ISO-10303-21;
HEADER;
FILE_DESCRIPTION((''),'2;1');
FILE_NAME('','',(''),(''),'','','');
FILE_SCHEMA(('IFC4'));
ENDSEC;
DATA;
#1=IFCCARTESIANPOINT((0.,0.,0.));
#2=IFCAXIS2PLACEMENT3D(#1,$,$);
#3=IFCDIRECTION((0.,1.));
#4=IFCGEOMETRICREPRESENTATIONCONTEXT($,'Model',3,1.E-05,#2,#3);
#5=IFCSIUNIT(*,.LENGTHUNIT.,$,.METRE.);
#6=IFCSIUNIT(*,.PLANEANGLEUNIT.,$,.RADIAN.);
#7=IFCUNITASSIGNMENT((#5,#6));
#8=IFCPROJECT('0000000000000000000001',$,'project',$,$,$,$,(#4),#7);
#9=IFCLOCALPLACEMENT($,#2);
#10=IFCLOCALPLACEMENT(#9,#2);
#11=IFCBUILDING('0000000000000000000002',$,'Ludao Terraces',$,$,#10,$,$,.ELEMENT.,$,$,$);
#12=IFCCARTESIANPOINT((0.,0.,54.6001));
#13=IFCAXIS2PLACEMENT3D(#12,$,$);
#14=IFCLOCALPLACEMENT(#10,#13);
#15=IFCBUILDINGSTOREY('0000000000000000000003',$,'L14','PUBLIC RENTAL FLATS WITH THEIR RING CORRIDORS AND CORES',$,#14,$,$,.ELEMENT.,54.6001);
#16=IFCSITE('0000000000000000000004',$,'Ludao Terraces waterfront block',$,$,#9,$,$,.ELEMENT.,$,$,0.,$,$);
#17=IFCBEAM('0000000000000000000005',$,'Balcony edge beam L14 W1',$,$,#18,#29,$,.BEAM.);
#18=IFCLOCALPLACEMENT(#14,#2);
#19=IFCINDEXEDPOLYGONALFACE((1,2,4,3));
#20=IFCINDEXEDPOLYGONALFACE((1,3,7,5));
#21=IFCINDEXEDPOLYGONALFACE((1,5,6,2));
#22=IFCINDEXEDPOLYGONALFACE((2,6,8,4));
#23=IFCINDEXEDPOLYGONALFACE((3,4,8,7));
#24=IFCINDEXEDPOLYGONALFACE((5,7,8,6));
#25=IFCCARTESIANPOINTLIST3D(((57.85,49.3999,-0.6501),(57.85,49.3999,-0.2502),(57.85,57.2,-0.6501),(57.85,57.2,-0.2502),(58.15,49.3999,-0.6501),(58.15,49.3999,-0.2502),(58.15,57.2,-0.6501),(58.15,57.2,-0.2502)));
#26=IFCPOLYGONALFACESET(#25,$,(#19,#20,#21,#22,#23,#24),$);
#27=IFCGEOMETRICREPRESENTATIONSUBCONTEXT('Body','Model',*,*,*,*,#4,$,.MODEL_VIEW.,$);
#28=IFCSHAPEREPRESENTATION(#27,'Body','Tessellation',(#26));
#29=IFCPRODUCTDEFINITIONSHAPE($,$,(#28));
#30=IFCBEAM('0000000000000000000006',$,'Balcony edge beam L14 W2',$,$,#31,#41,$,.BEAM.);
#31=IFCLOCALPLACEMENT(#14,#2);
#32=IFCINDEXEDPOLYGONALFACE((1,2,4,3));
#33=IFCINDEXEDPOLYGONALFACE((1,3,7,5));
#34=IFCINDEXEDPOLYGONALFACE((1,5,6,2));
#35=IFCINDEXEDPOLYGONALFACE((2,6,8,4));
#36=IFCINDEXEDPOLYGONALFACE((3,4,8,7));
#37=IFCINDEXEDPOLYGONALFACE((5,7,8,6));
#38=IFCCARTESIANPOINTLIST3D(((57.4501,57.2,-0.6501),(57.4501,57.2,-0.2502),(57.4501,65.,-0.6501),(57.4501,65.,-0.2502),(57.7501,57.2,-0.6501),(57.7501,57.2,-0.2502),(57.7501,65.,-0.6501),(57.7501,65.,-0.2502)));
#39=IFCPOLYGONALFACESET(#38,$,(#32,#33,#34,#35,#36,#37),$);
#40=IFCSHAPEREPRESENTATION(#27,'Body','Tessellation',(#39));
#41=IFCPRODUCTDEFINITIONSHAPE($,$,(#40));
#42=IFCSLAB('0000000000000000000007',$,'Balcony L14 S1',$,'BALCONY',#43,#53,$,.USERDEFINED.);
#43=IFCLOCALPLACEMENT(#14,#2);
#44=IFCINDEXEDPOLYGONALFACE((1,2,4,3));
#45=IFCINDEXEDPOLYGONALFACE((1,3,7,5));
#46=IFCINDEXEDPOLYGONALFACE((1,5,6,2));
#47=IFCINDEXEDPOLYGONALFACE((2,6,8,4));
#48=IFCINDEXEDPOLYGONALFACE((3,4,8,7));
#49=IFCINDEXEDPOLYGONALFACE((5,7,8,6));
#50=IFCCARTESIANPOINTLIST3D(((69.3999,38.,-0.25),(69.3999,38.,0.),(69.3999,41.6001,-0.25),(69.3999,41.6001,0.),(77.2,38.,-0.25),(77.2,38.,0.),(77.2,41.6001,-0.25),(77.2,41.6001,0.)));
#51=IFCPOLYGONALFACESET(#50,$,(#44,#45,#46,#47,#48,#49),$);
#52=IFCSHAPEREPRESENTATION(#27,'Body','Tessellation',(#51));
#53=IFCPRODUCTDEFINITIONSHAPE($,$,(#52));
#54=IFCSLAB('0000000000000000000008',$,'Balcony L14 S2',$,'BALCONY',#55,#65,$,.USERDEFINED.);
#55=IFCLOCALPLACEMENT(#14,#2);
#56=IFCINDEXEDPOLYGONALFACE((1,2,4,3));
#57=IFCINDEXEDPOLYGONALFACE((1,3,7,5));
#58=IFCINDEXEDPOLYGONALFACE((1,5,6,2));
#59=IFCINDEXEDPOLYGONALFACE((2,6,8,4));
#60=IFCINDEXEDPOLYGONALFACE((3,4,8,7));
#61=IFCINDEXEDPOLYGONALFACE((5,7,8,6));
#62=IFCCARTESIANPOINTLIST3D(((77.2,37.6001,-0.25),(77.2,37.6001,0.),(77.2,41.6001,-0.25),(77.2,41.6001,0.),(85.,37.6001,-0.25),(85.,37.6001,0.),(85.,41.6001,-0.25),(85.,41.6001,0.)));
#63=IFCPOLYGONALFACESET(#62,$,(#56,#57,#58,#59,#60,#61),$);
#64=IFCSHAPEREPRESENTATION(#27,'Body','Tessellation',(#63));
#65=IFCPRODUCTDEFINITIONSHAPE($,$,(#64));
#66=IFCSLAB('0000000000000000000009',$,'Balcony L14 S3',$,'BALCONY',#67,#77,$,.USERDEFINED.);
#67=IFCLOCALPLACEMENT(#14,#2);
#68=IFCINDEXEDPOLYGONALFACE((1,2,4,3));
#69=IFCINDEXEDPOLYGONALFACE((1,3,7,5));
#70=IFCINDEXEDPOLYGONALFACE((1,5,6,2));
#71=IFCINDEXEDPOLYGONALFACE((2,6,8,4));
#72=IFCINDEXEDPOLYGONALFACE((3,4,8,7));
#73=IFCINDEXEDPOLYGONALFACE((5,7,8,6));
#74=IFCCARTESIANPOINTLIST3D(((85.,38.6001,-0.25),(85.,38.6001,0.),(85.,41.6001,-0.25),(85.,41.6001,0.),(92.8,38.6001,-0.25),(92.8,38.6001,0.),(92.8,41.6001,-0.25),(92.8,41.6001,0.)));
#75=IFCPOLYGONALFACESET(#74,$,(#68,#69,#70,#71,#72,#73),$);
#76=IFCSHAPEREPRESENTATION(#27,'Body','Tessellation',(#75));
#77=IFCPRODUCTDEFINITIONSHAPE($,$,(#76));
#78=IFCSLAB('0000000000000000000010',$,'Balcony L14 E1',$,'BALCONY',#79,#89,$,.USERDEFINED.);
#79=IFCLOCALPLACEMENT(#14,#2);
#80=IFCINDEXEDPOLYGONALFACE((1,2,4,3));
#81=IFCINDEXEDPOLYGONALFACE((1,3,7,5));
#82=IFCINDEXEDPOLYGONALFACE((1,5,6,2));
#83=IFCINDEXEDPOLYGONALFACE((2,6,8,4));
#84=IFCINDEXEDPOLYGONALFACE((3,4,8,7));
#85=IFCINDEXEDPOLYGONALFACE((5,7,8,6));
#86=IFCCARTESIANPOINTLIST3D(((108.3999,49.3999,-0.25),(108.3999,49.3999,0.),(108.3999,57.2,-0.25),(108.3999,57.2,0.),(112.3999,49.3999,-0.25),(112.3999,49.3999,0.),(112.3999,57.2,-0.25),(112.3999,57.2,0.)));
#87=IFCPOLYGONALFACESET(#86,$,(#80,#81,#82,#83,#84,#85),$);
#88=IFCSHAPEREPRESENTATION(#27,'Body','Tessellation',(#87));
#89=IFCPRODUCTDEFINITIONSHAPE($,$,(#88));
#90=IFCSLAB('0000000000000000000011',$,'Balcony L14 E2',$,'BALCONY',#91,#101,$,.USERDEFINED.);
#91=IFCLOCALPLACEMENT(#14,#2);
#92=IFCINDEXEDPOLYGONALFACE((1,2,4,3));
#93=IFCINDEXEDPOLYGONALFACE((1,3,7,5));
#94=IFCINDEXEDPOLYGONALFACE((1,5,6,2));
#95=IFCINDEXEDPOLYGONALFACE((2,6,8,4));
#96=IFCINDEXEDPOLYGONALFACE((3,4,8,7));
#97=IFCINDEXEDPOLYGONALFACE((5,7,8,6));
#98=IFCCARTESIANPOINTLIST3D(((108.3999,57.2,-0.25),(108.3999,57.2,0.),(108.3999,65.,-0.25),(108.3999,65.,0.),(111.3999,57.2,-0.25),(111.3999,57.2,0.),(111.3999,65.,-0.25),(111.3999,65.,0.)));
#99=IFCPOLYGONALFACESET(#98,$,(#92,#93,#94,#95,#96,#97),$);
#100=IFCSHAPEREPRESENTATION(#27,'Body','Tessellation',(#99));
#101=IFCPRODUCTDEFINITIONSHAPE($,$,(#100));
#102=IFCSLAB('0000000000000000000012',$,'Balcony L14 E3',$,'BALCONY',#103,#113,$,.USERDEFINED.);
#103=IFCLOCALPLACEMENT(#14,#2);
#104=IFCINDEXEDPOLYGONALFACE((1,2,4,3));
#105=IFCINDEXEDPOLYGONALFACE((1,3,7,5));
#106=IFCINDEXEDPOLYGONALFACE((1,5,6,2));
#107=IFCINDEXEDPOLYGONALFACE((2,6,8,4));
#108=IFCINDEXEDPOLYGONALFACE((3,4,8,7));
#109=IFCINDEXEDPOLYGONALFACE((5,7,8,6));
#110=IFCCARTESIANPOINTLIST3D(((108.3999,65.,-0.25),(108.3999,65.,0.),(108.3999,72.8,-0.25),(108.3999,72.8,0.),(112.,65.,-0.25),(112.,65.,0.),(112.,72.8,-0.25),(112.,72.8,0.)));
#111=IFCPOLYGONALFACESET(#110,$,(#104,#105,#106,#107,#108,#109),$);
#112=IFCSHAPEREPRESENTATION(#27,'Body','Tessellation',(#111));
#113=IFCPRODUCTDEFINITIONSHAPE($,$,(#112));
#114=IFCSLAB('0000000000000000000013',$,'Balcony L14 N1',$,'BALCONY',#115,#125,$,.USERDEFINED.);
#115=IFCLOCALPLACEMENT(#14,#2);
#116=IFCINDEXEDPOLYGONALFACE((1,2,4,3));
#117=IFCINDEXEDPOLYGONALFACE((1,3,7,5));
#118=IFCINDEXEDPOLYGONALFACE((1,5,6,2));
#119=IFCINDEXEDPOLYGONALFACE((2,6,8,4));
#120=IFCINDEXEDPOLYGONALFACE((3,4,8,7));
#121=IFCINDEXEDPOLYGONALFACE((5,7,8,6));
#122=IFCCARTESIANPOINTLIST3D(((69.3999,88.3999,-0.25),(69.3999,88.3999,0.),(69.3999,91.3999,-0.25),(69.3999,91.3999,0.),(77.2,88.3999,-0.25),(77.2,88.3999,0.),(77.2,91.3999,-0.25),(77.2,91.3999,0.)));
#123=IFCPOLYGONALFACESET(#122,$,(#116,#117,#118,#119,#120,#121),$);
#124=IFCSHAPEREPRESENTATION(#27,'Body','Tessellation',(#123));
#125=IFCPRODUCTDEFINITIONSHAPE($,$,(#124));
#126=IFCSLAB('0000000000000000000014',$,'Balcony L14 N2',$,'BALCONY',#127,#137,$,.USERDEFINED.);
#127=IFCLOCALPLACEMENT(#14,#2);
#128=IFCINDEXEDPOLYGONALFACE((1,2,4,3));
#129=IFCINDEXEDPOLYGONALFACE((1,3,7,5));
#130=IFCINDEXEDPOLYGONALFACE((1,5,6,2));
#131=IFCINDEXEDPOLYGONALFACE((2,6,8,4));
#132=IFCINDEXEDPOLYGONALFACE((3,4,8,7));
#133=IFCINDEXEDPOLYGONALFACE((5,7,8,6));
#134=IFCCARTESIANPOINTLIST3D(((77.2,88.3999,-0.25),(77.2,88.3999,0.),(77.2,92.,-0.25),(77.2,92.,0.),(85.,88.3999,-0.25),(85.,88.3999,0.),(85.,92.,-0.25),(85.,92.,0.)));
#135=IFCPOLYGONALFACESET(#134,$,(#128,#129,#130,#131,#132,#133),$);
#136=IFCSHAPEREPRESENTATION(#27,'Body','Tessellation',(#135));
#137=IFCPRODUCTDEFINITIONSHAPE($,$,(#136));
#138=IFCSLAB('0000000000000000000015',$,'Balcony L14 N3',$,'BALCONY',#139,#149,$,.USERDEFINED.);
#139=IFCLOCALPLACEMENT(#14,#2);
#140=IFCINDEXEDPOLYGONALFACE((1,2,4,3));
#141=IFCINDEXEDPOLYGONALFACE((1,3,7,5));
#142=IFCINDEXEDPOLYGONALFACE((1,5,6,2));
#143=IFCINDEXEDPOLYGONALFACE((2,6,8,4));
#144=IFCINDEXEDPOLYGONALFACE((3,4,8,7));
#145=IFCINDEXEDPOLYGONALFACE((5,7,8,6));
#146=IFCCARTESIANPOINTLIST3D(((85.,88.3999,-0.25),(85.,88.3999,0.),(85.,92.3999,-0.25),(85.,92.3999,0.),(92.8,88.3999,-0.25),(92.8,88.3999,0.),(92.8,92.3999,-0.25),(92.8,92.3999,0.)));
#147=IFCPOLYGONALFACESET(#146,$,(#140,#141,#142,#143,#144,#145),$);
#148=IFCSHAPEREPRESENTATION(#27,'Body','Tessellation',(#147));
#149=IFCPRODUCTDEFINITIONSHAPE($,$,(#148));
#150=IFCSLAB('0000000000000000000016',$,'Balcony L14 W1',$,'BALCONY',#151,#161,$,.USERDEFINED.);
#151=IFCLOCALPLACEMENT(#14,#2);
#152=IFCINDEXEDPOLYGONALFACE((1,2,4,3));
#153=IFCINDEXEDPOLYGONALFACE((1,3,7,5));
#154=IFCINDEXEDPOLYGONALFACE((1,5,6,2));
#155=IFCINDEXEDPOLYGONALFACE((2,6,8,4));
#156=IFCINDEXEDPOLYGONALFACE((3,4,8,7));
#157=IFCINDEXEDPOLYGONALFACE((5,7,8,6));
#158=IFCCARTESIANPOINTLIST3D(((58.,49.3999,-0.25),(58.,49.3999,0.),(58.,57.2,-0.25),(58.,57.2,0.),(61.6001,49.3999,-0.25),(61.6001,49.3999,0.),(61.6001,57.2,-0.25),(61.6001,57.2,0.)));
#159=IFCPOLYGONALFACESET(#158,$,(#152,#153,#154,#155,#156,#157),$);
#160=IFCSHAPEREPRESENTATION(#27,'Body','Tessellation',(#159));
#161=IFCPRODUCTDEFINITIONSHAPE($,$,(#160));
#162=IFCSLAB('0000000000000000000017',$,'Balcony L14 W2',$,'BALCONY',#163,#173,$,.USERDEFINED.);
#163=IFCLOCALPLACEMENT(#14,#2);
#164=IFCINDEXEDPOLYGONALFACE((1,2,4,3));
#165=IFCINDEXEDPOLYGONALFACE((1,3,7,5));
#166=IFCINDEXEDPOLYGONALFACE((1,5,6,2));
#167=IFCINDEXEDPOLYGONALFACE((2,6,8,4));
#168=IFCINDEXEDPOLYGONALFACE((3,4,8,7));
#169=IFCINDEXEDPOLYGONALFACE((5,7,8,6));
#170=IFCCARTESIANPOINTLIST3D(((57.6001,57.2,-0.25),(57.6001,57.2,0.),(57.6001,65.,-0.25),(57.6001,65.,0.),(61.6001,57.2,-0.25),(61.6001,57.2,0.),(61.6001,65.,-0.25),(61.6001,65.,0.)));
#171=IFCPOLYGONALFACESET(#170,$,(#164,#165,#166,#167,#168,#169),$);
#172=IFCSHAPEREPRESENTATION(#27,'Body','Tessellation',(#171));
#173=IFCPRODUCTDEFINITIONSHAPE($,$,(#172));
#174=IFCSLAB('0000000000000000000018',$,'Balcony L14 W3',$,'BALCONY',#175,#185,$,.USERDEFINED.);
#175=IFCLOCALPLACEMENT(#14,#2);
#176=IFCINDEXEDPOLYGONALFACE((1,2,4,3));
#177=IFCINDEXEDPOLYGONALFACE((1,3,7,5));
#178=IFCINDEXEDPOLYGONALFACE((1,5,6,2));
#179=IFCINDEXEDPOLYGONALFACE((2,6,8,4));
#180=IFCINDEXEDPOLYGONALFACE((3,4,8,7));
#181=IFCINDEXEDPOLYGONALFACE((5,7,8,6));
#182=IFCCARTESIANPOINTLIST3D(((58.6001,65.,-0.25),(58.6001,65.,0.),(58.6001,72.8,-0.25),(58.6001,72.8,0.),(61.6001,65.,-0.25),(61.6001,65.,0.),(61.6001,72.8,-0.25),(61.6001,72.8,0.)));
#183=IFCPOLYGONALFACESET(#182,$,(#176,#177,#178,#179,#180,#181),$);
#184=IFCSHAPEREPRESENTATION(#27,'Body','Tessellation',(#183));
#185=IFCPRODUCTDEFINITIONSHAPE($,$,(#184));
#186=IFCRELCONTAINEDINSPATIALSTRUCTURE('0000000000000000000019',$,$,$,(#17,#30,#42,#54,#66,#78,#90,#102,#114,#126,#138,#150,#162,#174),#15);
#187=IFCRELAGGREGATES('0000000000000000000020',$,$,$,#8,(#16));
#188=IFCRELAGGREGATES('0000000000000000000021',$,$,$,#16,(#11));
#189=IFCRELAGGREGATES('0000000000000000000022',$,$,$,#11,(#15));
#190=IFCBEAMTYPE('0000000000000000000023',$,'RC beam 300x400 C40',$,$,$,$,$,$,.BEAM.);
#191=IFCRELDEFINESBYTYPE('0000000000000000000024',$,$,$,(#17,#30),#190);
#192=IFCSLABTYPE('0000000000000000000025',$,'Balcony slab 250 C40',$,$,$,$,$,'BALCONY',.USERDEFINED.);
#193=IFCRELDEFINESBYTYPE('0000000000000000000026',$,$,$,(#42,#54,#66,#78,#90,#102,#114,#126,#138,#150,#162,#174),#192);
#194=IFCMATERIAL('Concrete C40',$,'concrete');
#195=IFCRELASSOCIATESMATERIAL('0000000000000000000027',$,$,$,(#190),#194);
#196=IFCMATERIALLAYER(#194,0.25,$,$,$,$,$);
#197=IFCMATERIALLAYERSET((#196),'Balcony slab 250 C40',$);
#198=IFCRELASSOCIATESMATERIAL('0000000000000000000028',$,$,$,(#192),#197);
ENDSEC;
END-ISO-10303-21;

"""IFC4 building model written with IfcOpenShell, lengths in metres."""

from ifc_helpers import new_model, si_unit, direction, frame, origin, origin_2d, place, context, subcontext, project, spatial, polyline, rectangle, outline, extrude, material, layer, layer_set, material_profile, profile_set, type_object, element, save


model = new_model("IFC4")

# Units and contexts
model_context = context("Model", 3, precision=1e-05, world=origin(), true_north=direction((0.0, 1.0)))
body_context = subcontext(model_context, "Body", "Model", "MODEL_VIEW")
ifc_project = project(units=[si_unit("LENGTHUNIT", "METRE"), si_unit("PLANEANGLEUNIT", "RADIAN")], contexts=[model_context])

# Site, building, storey
site_placement = place(None, origin())
site = spatial("IfcSite", under=ifc_project, at=site_placement, Name="Ludao Terraces waterfront block", CompositionType="ELEMENT", RefElevation=0.0)
building_placement = place(site_placement, origin())
building = spatial("IfcBuilding", under=site, at=building_placement, Name="Ludao Terraces", CompositionType="ELEMENT")
storey_placement = place(building_placement, frame((0.0, 0.0, 54.6001)))
storey = spatial("IfcBuildingStorey", under=building, at=storey_placement, Name="L14", Description="PUBLIC RENTAL FLATS WITH THEIR RING CORRIDORS AND CORES", CompositionType="ELEMENT", Elevation=54.6001)

# Beams
ifc_material_1 = material(Name="Concrete C40", Category="concrete")
ifc_material_profile = material_profile(ifc_material_1, rectangle(XDim=0.3, YDim=0.3999, at=origin_2d()), Name="300 X 400")
ifc_profile_set = profile_set([ifc_material_profile], Name="Concrete C40")
beam_type = type_object("IfcBeamType", Name="RC beam 300x400 C40", PredefinedType="BEAM", material=ifc_profile_set)
for number, where, z_axis, x_axis, name in (
    (1, (58.0, 49.3999, -0.4502), (0.0, 1.0, 0.0), (-1.0, 0.0, 0.0), "Balcony edge beam L14 W1"),
    (2, (57.6001, 57.2, -0.4502), (0.0, 1.0, 0.0), (-1.0, 0.0, 0.0), "Balcony edge beam L14 W2"),
):
    element("IfcBeam", number, at=place(storey_placement, frame(where, z_axis=z_axis, x_axis=x_axis)), inside=storey, type_object=beam_type, Name=name, PredefinedType="BEAM", context=body_context, shape_type="SweptSolid", body=[
        extrude(rectangle(XDim=0.3, YDim=0.3999, at=origin_2d()), origin(), (0.0, 0.0, 1.0), 7.8),
    ])

# Slabs
ifc_layer_1 = layer(ifc_material_1, 0.25)
ifc_layer_set_1 = layer_set([ifc_layer_1], Name="Balcony slab 250 C40")
slab_type_1 = type_object("IfcSlabType", Name="Balcony slab 250 C40", ElementType="BALCONY", PredefinedType="USERDEFINED", material=ifc_layer_set_1)
slab_1_placement = place(storey_placement, frame((0.0, 0.0, -0.25)))
element("IfcSlab", 3, at=slab_1_placement, inside=storey, type_object=slab_type_1, Name="Balcony L14 S1", ObjectType="BALCONY", PredefinedType="USERDEFINED", context=body_context, shape_type="SweptSolid", body=[
    extrude(outline(polyline([(69.3999, 38.0), (77.2, 38.0), (77.2, 41.6001), (69.3999, 41.6001), (69.3999, 38.0)])), origin(), (0.0, 0.0, 1.0), 0.25),
])
slab_2_placement = place(storey_placement, frame((0.0, 0.0, -0.25)))
element("IfcSlab", 4, at=slab_2_placement, inside=storey, type_object=slab_type_1, Name="Balcony L14 S2", ObjectType="BALCONY", PredefinedType="USERDEFINED", context=body_context, shape_type="SweptSolid", body=[
    extrude(outline(polyline([(77.2, 37.6001), (85.0, 37.6001), (85.0, 41.6001), (77.2, 41.6001), (77.2, 37.6001)])), origin(), (0.0, 0.0, 1.0), 0.25),
])
slab_3_placement = place(storey_placement, frame((0.0, 0.0, -0.25)))
element("IfcSlab", 5, at=slab_3_placement, inside=storey, type_object=slab_type_1, Name="Balcony L14 S3", ObjectType="BALCONY", PredefinedType="USERDEFINED", context=body_context, shape_type="SweptSolid", body=[
    extrude(outline(polyline([(85.0, 38.6001), (92.8, 38.6001), (92.8, 41.6001), (85.0, 41.6001), (85.0, 38.6001)])), origin(), (0.0, 0.0, 1.0), 0.25),
])
slab_4_placement = place(storey_placement, frame((0.0, 0.0, -0.25)))
element("IfcSlab", 6, at=slab_4_placement, inside=storey, type_object=slab_type_1, Name="Balcony L14 E1", ObjectType="BALCONY", PredefinedType="USERDEFINED", context=body_context, shape_type="SweptSolid", body=[
    extrude(outline(polyline([(108.3999, 49.3999), (112.3999, 49.3999), (112.3999, 57.2), (108.3999, 57.2), (108.3999, 49.3999)])), origin(), (0.0, 0.0, 1.0), 0.25),
])
slab_5_placement = place(storey_placement, frame((0.0, 0.0, -0.25)))
element("IfcSlab", 7, at=slab_5_placement, inside=storey, type_object=slab_type_1, Name="Balcony L14 E2", ObjectType="BALCONY", PredefinedType="USERDEFINED", context=body_context, shape_type="SweptSolid", body=[
    extrude(outline(polyline([(108.3999, 57.2), (111.3999, 57.2), (111.3999, 65.0), (108.3999, 65.0), (108.3999, 57.2)])), origin(), (0.0, 0.0, 1.0), 0.25),
])
slab_6_placement = place(storey_placement, frame((0.0, 0.0, -0.25)))
element("IfcSlab", 8, at=slab_6_placement, inside=storey, type_object=slab_type_1, Name="Balcony L14 E3", ObjectType="BALCONY", PredefinedType="USERDEFINED", context=body_context, shape_type="SweptSolid", body=[
    extrude(outline(polyline([(108.3999, 65.0), (112.0, 65.0), (112.0, 72.8), (108.3999, 72.8), (108.3999, 65.0)])), origin(), (0.0, 0.0, 1.0), 0.25),
])
slab_7_placement = place(storey_placement, frame((0.0, 0.0, -0.25)))
element("IfcSlab", 9, at=slab_7_placement, inside=storey, type_object=slab_type_1, Name="Balcony L14 N1", ObjectType="BALCONY", PredefinedType="USERDEFINED", context=body_context, shape_type="SweptSolid", body=[
    extrude(outline(polyline([(69.3999, 88.3999), (77.2, 88.3999), (77.2, 91.3999), (69.3999, 91.3999), (69.3999, 88.3999)])), origin(), (0.0, 0.0, 1.0), 0.25),
])
slab_8_placement = place(storey_placement, frame((0.0, 0.0, -0.25)))
element("IfcSlab", 10, at=slab_8_placement, inside=storey, type_object=slab_type_1, Name="Balcony L14 N2", ObjectType="BALCONY", PredefinedType="USERDEFINED", context=body_context, shape_type="SweptSolid", body=[
    extrude(outline(polyline([(77.2, 88.3999), (85.0, 88.3999), (85.0, 92.0), (77.2, 92.0), (77.2, 88.3999)])), origin(), (0.0, 0.0, 1.0), 0.25),
])
slab_9_placement = place(storey_placement, frame((0.0, 0.0, -0.25)))
element("IfcSlab", 11, at=slab_9_placement, inside=storey, type_object=slab_type_1, Name="Balcony L14 N3", ObjectType="BALCONY", PredefinedType="USERDEFINED", context=body_context, shape_type="SweptSolid", body=[
    extrude(outline(polyline([(85.0, 88.3999), (92.8, 88.3999), (92.8, 92.3999), (85.0, 92.3999), (85.0, 88.3999)])), origin(), (0.0, 0.0, 1.0), 0.25),
])
slab_10_placement = place(storey_placement, frame((0.0, 0.0, -0.25)))
element("IfcSlab", 12, at=slab_10_placement, inside=storey, type_object=slab_type_1, Name="Balcony L14 W1", ObjectType="BALCONY", PredefinedType="USERDEFINED", context=body_context, shape_type="SweptSolid", body=[
    extrude(outline(polyline([(58.0, 49.3999), (61.6001, 49.3999), (61.6001, 57.2), (58.0, 57.2), (58.0, 49.3999)])), origin(), (0.0, 0.0, 1.0), 0.25),
])
slab_11_placement = place(storey_placement, frame((0.0, 0.0, -0.25)))
element("IfcSlab", 13, at=slab_11_placement, inside=storey, type_object=slab_type_1, Name="Balcony L14 W2", ObjectType="BALCONY", PredefinedType="USERDEFINED", context=body_context, shape_type="SweptSolid", body=[
    extrude(outline(polyline([(57.6001, 57.2), (61.6001, 57.2), (61.6001, 65.0), (57.6001, 65.0), (57.6001, 57.2)])), origin(), (0.0, 0.0, 1.0), 0.25),
])
slab_12_placement = place(storey_placement, frame((0.0, 0.0, -0.25)))
element("IfcSlab", 14, at=slab_12_placement, inside=storey, type_object=slab_type_1, Name="Balcony L14 W3", ObjectType="BALCONY", PredefinedType="USERDEFINED", context=body_context, shape_type="SweptSolid", body=[
    extrude(outline(polyline([(58.6001, 65.0), (61.6001, 65.0), (61.6001, 72.8), (58.6001, 72.8), (58.6001, 65.0)])), origin(), (0.0, 0.0, 1.0), 0.25),
])

save(model, "model.ifc")
